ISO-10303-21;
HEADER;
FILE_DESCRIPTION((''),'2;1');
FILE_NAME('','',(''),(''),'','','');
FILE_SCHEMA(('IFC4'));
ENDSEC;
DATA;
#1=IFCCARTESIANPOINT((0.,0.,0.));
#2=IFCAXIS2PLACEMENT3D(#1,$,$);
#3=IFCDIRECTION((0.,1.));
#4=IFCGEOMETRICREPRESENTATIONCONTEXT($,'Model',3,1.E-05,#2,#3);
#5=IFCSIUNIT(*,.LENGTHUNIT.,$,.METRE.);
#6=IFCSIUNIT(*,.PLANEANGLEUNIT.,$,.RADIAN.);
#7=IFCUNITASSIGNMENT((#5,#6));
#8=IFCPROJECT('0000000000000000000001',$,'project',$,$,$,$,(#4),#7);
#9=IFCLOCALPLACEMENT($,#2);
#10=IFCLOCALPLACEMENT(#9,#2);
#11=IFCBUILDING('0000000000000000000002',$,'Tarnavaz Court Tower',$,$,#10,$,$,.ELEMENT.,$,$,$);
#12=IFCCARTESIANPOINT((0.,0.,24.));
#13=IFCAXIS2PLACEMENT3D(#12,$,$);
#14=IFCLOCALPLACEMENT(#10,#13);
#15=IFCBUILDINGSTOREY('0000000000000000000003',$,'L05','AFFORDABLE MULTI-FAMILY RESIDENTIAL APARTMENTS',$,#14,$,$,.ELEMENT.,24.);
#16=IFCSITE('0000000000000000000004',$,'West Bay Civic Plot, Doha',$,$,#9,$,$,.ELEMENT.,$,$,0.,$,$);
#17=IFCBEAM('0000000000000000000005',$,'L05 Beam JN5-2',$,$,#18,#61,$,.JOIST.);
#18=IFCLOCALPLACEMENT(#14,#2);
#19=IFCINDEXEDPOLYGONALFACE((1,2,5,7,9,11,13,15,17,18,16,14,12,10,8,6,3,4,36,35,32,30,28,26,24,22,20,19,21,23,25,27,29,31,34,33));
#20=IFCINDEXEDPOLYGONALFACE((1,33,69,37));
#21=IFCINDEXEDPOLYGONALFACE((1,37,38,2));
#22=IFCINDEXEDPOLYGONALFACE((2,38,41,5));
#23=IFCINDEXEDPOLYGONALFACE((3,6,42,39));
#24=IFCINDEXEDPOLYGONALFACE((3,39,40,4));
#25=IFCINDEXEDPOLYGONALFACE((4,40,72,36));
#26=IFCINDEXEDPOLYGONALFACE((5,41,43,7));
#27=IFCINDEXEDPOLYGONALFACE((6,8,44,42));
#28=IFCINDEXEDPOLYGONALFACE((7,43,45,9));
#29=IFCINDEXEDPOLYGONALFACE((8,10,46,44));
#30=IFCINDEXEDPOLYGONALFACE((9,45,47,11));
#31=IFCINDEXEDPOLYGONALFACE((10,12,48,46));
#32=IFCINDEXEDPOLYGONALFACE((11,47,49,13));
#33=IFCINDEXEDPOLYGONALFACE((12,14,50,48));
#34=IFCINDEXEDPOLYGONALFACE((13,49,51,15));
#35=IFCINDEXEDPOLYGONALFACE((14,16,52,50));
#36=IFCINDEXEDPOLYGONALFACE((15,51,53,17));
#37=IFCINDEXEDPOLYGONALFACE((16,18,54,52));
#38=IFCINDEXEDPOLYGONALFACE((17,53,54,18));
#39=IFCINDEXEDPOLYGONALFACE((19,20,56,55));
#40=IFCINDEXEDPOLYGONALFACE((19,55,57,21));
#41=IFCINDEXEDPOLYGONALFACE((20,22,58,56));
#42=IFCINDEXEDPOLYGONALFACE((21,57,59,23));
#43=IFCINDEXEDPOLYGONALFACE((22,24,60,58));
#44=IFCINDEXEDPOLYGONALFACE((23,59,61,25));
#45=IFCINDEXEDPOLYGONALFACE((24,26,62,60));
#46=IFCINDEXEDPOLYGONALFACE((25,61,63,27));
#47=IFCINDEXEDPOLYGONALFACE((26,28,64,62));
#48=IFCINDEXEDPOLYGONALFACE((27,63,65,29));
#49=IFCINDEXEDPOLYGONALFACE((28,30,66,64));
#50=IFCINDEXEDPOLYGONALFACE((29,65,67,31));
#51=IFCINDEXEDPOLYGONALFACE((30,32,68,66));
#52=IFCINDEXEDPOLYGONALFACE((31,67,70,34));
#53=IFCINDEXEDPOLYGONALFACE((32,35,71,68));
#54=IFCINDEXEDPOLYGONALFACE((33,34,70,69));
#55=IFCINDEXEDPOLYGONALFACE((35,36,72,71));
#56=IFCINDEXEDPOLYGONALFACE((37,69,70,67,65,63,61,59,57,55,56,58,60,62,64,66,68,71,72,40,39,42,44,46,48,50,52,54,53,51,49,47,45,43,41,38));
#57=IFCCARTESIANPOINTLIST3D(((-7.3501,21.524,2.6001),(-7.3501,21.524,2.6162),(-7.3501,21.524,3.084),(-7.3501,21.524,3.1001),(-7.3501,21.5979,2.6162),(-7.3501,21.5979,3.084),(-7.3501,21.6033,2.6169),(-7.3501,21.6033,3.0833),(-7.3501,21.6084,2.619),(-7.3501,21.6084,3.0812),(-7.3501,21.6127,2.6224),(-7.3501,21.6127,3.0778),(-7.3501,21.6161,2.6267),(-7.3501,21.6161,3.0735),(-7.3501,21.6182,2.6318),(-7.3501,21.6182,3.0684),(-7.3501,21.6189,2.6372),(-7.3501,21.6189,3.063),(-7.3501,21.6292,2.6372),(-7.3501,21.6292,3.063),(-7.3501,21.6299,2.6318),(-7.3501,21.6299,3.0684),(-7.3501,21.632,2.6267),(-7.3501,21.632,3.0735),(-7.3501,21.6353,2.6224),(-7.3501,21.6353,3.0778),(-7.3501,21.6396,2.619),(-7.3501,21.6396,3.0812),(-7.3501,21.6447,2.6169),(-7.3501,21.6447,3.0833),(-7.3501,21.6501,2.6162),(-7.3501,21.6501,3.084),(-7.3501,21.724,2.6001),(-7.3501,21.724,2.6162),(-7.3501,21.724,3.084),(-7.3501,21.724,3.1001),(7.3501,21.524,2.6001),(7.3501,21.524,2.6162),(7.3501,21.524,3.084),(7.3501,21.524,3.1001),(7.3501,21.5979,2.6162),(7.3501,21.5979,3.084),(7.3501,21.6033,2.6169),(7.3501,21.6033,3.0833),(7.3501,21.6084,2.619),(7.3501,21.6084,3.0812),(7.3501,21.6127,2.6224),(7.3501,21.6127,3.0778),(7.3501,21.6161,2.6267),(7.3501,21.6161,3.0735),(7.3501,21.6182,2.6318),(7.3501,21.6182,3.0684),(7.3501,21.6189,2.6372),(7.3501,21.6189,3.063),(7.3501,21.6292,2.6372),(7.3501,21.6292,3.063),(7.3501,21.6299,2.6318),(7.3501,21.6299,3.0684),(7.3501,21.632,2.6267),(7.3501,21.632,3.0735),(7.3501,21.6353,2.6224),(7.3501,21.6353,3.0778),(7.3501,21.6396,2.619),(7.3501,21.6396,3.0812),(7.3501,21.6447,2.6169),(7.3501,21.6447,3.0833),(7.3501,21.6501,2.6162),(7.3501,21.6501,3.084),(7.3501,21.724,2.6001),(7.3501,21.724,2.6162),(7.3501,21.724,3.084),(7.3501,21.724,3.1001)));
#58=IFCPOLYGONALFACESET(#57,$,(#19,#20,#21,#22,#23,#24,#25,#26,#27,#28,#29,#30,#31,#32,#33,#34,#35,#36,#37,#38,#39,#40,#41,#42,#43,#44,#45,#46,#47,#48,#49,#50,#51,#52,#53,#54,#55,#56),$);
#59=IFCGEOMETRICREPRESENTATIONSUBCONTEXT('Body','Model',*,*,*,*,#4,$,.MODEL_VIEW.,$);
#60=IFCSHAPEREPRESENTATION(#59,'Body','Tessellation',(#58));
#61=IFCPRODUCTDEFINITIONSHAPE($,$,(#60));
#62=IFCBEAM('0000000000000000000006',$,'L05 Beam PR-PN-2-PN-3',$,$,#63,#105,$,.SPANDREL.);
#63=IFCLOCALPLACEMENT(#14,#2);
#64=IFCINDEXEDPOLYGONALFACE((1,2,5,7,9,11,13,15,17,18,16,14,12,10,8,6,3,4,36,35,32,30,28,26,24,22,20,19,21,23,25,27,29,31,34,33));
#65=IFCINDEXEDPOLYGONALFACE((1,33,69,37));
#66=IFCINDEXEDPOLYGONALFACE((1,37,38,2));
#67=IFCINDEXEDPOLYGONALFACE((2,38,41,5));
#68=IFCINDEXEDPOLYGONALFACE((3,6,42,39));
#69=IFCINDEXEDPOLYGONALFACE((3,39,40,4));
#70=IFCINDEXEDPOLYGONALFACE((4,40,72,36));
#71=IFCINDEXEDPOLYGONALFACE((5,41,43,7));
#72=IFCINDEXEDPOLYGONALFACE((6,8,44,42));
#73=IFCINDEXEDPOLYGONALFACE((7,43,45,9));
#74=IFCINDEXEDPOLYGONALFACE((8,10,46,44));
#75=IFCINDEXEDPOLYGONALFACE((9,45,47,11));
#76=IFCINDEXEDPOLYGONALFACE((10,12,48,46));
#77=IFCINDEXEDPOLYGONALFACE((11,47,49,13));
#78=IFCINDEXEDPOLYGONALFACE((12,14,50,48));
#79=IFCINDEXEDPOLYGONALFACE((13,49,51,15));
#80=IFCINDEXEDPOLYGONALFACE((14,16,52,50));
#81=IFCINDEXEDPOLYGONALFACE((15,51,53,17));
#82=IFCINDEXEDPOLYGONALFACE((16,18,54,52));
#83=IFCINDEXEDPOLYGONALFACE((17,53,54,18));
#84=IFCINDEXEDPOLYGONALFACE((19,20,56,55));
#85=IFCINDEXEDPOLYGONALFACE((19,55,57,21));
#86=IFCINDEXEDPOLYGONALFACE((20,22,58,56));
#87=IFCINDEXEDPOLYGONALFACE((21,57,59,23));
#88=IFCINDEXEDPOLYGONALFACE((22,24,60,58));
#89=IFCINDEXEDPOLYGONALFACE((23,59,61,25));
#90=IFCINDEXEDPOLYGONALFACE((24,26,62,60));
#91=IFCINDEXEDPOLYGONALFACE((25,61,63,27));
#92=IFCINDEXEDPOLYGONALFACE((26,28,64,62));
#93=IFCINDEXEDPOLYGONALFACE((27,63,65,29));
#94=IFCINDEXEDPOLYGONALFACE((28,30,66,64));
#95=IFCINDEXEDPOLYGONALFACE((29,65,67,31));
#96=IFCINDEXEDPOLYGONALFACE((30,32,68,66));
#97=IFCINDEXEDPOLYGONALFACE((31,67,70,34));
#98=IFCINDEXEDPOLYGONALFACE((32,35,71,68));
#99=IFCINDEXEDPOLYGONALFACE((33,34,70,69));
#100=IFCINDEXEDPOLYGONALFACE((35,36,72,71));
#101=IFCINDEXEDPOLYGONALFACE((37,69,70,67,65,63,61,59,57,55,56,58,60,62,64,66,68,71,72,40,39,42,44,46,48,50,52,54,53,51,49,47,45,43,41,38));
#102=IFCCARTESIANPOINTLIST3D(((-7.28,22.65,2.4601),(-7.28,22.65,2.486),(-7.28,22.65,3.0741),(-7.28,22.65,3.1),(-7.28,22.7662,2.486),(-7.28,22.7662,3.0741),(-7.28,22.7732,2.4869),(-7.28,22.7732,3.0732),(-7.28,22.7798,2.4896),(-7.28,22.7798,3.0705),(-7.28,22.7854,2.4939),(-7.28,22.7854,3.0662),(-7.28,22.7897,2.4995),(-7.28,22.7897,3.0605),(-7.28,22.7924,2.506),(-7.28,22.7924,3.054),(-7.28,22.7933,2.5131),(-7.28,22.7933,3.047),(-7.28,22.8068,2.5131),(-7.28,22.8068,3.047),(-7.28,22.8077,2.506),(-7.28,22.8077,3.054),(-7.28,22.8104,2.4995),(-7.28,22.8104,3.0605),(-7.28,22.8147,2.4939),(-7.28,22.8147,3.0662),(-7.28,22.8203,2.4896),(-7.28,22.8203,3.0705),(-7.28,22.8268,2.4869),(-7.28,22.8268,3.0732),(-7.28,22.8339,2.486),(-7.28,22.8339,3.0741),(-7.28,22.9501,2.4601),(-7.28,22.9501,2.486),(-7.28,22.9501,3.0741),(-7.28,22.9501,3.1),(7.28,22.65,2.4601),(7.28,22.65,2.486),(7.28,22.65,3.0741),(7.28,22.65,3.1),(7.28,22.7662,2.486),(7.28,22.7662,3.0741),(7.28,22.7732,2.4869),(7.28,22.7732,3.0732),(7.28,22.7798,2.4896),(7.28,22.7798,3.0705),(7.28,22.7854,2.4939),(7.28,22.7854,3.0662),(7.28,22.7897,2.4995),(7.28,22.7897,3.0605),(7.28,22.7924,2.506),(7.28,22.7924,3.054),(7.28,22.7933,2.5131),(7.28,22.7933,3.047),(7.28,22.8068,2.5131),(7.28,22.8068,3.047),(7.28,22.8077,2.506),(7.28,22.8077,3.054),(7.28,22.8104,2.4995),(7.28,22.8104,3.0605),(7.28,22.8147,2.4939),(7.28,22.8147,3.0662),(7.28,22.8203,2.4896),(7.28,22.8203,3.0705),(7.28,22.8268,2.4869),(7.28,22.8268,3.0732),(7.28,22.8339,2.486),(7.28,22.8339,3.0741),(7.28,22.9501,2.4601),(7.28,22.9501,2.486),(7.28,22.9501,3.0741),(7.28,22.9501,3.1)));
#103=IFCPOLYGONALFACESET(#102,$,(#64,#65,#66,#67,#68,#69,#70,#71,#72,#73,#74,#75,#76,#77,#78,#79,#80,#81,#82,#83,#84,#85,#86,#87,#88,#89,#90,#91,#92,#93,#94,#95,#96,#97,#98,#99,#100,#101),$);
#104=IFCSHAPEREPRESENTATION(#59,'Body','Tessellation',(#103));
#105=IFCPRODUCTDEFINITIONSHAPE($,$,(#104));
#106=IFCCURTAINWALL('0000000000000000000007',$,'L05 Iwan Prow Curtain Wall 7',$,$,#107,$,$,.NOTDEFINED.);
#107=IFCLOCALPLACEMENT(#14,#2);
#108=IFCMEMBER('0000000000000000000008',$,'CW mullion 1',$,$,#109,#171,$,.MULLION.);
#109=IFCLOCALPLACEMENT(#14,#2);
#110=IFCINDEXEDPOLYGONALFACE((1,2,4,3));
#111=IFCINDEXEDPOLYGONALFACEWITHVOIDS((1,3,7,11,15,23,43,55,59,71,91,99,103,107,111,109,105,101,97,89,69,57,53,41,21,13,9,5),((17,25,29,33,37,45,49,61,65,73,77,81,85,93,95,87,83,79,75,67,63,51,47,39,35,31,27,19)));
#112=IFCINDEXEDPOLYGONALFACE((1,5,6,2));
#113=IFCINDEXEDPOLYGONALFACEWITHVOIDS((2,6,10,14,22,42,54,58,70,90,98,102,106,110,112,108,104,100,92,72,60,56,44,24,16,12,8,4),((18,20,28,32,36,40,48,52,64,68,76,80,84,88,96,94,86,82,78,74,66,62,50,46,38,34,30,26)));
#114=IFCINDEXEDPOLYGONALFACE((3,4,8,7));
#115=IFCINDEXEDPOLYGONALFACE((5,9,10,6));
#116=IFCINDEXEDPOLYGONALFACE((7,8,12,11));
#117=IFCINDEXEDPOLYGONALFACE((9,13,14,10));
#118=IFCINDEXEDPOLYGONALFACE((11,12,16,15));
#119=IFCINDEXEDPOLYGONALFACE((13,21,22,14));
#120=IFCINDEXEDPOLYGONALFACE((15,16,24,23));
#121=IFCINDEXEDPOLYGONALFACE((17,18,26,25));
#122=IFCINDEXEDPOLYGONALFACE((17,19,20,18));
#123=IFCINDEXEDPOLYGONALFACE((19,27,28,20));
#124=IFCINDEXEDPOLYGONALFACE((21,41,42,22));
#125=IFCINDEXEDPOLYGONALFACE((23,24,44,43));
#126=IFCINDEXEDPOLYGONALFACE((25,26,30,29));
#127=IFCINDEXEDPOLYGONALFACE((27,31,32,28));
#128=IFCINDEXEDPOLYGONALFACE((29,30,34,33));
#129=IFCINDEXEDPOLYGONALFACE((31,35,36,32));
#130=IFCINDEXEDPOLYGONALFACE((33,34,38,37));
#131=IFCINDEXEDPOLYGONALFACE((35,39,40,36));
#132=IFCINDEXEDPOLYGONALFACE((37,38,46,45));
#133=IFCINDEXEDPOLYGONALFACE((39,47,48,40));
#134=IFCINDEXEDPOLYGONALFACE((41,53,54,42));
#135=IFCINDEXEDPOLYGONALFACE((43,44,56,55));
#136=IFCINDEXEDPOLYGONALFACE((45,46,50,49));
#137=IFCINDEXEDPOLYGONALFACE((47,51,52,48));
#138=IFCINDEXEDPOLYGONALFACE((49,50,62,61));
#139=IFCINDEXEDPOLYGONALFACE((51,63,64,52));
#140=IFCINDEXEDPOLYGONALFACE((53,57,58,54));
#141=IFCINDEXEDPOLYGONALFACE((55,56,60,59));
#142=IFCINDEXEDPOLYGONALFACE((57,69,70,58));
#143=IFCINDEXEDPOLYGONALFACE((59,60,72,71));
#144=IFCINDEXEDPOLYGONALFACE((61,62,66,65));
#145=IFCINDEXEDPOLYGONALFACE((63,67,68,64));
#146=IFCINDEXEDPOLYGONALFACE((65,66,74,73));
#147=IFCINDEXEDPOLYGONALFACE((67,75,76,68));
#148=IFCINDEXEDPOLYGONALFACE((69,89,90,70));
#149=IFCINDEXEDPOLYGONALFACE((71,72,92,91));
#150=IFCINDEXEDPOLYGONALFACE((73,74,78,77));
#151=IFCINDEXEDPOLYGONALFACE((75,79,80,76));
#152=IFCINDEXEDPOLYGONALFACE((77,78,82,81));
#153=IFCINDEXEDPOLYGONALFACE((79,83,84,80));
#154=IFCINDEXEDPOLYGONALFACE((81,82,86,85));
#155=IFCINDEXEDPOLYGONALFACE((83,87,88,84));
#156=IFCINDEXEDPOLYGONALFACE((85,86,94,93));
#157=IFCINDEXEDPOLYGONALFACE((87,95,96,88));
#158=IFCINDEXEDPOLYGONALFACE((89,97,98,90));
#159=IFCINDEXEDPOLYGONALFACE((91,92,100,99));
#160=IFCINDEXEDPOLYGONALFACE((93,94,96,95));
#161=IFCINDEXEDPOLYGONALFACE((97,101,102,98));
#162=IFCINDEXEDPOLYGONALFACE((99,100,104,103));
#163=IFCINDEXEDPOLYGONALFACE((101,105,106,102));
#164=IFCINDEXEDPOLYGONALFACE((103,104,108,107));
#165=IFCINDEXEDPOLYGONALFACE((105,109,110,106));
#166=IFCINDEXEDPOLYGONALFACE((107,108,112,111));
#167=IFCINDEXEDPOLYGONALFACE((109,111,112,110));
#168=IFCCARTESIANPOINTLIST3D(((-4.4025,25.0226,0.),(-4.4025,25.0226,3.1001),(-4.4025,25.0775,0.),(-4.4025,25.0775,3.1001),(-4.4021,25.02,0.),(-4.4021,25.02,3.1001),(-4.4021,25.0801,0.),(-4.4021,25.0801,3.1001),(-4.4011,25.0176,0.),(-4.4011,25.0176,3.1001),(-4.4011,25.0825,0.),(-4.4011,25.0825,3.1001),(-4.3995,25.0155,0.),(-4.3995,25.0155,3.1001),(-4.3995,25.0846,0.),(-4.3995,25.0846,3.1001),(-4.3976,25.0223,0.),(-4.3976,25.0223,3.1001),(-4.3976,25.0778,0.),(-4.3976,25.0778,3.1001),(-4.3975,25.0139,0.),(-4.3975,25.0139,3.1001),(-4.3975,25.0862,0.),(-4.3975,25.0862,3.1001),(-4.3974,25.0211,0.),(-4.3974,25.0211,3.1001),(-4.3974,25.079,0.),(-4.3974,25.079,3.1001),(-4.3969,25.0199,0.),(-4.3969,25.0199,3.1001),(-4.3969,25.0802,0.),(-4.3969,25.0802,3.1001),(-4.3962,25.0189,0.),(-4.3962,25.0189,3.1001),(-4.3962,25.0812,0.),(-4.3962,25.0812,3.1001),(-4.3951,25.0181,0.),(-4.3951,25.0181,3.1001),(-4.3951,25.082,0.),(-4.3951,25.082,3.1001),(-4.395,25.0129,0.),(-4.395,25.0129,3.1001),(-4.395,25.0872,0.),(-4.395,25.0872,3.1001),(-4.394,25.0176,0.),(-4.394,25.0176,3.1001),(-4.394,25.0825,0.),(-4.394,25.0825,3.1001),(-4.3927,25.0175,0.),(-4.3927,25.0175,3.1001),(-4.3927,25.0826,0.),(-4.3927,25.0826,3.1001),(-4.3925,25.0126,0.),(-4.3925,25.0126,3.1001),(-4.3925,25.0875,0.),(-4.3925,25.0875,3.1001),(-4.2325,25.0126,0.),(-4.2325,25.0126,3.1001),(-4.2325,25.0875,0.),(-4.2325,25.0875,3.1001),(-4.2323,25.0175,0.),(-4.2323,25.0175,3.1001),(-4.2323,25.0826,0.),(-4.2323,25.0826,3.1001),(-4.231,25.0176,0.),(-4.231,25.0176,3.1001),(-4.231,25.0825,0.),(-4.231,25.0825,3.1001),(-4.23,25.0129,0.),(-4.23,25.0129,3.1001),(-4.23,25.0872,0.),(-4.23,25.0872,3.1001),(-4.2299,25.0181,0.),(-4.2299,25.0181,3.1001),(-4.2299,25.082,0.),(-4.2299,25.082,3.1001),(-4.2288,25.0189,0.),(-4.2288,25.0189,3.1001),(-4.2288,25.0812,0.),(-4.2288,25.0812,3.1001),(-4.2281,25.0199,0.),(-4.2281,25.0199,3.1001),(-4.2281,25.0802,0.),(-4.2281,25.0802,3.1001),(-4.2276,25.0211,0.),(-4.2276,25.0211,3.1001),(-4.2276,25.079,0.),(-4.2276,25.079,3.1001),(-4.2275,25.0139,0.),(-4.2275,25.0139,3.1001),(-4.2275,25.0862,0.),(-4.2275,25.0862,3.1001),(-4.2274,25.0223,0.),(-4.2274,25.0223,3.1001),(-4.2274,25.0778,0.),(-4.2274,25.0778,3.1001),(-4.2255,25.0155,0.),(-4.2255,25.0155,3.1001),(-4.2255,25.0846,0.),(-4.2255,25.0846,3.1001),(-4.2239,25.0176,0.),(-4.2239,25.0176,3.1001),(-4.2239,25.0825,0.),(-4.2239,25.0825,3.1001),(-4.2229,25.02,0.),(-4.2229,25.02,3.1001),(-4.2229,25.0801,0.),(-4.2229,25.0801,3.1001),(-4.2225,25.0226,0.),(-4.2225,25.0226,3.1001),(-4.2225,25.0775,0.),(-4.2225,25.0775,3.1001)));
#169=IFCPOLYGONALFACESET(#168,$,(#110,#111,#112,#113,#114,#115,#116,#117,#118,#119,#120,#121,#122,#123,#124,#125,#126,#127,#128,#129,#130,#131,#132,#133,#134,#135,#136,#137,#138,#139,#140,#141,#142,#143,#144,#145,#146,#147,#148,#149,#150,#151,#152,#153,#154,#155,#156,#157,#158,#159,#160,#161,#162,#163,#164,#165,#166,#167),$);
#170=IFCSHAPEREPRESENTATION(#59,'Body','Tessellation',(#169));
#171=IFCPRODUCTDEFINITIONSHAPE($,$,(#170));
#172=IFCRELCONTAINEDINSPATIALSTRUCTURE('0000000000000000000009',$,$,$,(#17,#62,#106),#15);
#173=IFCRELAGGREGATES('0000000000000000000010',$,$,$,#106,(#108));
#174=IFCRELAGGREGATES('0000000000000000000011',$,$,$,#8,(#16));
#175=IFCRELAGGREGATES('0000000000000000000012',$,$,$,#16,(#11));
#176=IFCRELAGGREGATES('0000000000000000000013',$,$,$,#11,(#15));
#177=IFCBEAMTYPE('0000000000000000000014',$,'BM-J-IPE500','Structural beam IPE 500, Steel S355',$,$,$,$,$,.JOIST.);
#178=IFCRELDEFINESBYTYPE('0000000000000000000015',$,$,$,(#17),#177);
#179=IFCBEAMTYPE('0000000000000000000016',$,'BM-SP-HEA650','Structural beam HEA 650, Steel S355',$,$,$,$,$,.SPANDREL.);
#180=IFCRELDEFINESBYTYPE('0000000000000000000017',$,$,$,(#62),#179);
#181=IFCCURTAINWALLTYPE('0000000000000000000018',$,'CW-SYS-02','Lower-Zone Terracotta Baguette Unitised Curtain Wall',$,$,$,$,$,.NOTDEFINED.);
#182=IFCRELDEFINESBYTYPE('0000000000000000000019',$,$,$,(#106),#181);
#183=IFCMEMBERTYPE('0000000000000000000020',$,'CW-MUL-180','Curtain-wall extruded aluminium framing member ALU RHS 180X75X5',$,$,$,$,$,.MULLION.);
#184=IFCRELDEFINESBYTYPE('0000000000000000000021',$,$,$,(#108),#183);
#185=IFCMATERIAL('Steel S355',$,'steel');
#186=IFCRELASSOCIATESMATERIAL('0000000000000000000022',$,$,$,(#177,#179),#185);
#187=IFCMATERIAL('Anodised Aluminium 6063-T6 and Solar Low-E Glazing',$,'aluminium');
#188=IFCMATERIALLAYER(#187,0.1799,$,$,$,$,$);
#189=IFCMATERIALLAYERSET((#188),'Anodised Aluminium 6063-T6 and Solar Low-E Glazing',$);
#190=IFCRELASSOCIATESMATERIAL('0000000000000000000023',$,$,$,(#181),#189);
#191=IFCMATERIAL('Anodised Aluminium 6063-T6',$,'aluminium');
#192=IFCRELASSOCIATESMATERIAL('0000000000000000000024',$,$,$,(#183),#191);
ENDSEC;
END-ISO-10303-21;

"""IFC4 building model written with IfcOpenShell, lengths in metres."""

from ifc_helpers import new_model, si_unit, direction, frame, origin, origin_2d, place, context, subcontext, project, spatial, hollow_rectangle, i_section, extrude, material, layer, layer_set, material_profile, profile_set, type_object, element, aggregate, save


model = new_model("IFC4")

# Units and contexts
model_context = context("Model", 3, precision=1e-05, world=origin(), true_north=direction((0.0, 1.0)))
body_context = subcontext(model_context, "Body", "Model", "MODEL_VIEW")
ifc_project = project(units=[si_unit("LENGTHUNIT", "METRE"), si_unit("PLANEANGLEUNIT", "RADIAN")], contexts=[model_context])

# Site, building, storey
site_placement = place(None, origin())
site = spatial("IfcSite", under=ifc_project, at=site_placement, Name="West Bay Civic Plot, Doha", CompositionType="ELEMENT", RefElevation=0.0)
building_placement = place(site_placement, origin())
building = spatial("IfcBuilding", under=site, at=building_placement, Name="Tarnavaz Court Tower", CompositionType="ELEMENT")
storey_placement = place(building_placement, frame((0.0, 0.0, 24.0)))
storey = spatial("IfcBuildingStorey", under=building, at=storey_placement, Name="L05", Description="AFFORDABLE MULTI-FAMILY RESIDENTIAL APARTMENTS", CompositionType="ELEMENT", Elevation=24.0)

# Beams
ifc_material_1 = material(Name="Steel S355", Category="steel")
ifc_material_profile_1 = material_profile(ifc_material_1, i_section(OverallWidth=0.2, OverallDepth=0.5, WebThickness=0.0103, FlangeThickness=0.0161, FilletRadius=0.021, at=origin_2d()), Name="IPE 500")
ifc_profile_set_1 = profile_set([ifc_material_profile_1], Name="Steel S355")
beam_type_1 = type_object("IfcBeamType", Name="BM-J-IPE500", Description="Structural beam IPE 500, Steel S355", PredefinedType="JOIST", material=ifc_profile_set_1)
for number, where, z_axis, x_axis, name in (
    (1, (-7.3501, 21.624, 2.8501), (1.0, 0.0, 0.0), (0.0, 1.0, 0.0), "L05 Beam JN5-2"),
):
    element("IfcBeam", number, at=place(storey_placement, frame(where, z_axis=z_axis, x_axis=x_axis)), inside=storey, type_object=beam_type_1, Name=name, PredefinedType="JOIST", context=body_context, shape_type="SweptSolid", body=[
        extrude(i_section(OverallWidth=0.2, OverallDepth=0.5, WebThickness=0.0103, FlangeThickness=0.0161, FilletRadius=0.021, at=origin_2d()), origin(), (0.0, 0.0, 1.0), 14.7002),
    ])
ifc_material_profile_2 = material_profile(ifc_material_1, i_section(OverallWidth=0.3, OverallDepth=0.6399, WebThickness=0.0134, FlangeThickness=0.0259, FilletRadius=0.0271, at=origin_2d()), Name="HEA 650")
ifc_profile_set_2 = profile_set([ifc_material_profile_2], Name="Steel S355")
beam_type_2 = type_object("IfcBeamType", Name="BM-SP-HEA650", Description="Structural beam HEA 650, Steel S355", PredefinedType="SPANDREL", material=ifc_profile_set_2)
beam_placement = place(storey_placement, frame((-7.28, 22.8, 2.78), z_axis=(1.0, 0.0, 0.0), x_axis=(0.0, 1.0, 0.0)))
element("IfcBeam", 2, at=beam_placement, inside=storey, type_object=beam_type_2, Name="L05 Beam PR-PN-2-PN-3", PredefinedType="SPANDREL", context=body_context, shape_type="SweptSolid", body=[
    extrude(i_section(OverallWidth=0.3, OverallDepth=0.6399, WebThickness=0.0134, FlangeThickness=0.0259, FilletRadius=0.0271, at=origin_2d()), origin(), (0.0, 0.0, 1.0), 14.5601),
])

# Curtain wall, member
ifc_material_2 = material(Name="Anodised Aluminium 6063-T6 and Solar Low-E Glazing", Category="aluminium")
ifc_layer_1 = layer(ifc_material_2, 0.1799)
ifc_layer_set_1 = layer_set([ifc_layer_1], Name="Anodised Aluminium 6063-T6 and Solar Low-E Glazing")
curtain_wall_type = type_object("IfcCurtainWallType", Name="CW-SYS-02", Description="Lower-Zone Terracotta Baguette Unitised Curtain Wall", PredefinedType="NOTDEFINED", material=ifc_layer_set_1)
curtain_wall_placement = place(storey_placement, origin())
curtain_wall = element("IfcCurtainWall", 3, at=curtain_wall_placement, inside=storey, type_object=curtain_wall_type, Name="L05 Iwan Prow Curtain Wall 7", PredefinedType="NOTDEFINED")
ifc_material_3 = material(Name="Anodised Aluminium 6063-T6", Category="aluminium")
ifc_material_profile_3 = material_profile(ifc_material_3, hollow_rectangle(XDim=0.075, YDim=0.1799, WallThickness=0.0049, InnerFilletRadius=0.0049, OuterFilletRadius=0.01, at=origin_2d()), Name="ALU RHS 180X75X5")
ifc_profile_set_3 = profile_set([ifc_material_profile_3], Name="Anodised Aluminium 6063-T6")
member_type_1 = type_object("IfcMemberType", Name="CW-MUL-180", Description="Curtain-wall extruded aluminium framing member ALU RHS 180X75X5", PredefinedType="MULLION", material=ifc_profile_set_3)
member_1_placement = place(storey_placement, frame((-4.3125, 25.05, 0.0), z_axis=(0.0, 0.0, 1.0), x_axis=(0.0, 1.0, 0.0)))
member_1 = element("IfcMember", 4, at=member_1_placement, type_object=member_type_1, Name="CW mullion 1", PredefinedType="MULLION", context=body_context, shape_type="SweptSolid", body=[
    extrude(hollow_rectangle(XDim=0.075, YDim=0.1799, WallThickness=0.0049, InnerFilletRadius=0.0049, OuterFilletRadius=0.01, at=origin_2d()), origin(), (0.0, 0.0, 1.0), 3.1001),
])
aggregate(curtain_wall, [member_1])

save(model, "model.ifc")
